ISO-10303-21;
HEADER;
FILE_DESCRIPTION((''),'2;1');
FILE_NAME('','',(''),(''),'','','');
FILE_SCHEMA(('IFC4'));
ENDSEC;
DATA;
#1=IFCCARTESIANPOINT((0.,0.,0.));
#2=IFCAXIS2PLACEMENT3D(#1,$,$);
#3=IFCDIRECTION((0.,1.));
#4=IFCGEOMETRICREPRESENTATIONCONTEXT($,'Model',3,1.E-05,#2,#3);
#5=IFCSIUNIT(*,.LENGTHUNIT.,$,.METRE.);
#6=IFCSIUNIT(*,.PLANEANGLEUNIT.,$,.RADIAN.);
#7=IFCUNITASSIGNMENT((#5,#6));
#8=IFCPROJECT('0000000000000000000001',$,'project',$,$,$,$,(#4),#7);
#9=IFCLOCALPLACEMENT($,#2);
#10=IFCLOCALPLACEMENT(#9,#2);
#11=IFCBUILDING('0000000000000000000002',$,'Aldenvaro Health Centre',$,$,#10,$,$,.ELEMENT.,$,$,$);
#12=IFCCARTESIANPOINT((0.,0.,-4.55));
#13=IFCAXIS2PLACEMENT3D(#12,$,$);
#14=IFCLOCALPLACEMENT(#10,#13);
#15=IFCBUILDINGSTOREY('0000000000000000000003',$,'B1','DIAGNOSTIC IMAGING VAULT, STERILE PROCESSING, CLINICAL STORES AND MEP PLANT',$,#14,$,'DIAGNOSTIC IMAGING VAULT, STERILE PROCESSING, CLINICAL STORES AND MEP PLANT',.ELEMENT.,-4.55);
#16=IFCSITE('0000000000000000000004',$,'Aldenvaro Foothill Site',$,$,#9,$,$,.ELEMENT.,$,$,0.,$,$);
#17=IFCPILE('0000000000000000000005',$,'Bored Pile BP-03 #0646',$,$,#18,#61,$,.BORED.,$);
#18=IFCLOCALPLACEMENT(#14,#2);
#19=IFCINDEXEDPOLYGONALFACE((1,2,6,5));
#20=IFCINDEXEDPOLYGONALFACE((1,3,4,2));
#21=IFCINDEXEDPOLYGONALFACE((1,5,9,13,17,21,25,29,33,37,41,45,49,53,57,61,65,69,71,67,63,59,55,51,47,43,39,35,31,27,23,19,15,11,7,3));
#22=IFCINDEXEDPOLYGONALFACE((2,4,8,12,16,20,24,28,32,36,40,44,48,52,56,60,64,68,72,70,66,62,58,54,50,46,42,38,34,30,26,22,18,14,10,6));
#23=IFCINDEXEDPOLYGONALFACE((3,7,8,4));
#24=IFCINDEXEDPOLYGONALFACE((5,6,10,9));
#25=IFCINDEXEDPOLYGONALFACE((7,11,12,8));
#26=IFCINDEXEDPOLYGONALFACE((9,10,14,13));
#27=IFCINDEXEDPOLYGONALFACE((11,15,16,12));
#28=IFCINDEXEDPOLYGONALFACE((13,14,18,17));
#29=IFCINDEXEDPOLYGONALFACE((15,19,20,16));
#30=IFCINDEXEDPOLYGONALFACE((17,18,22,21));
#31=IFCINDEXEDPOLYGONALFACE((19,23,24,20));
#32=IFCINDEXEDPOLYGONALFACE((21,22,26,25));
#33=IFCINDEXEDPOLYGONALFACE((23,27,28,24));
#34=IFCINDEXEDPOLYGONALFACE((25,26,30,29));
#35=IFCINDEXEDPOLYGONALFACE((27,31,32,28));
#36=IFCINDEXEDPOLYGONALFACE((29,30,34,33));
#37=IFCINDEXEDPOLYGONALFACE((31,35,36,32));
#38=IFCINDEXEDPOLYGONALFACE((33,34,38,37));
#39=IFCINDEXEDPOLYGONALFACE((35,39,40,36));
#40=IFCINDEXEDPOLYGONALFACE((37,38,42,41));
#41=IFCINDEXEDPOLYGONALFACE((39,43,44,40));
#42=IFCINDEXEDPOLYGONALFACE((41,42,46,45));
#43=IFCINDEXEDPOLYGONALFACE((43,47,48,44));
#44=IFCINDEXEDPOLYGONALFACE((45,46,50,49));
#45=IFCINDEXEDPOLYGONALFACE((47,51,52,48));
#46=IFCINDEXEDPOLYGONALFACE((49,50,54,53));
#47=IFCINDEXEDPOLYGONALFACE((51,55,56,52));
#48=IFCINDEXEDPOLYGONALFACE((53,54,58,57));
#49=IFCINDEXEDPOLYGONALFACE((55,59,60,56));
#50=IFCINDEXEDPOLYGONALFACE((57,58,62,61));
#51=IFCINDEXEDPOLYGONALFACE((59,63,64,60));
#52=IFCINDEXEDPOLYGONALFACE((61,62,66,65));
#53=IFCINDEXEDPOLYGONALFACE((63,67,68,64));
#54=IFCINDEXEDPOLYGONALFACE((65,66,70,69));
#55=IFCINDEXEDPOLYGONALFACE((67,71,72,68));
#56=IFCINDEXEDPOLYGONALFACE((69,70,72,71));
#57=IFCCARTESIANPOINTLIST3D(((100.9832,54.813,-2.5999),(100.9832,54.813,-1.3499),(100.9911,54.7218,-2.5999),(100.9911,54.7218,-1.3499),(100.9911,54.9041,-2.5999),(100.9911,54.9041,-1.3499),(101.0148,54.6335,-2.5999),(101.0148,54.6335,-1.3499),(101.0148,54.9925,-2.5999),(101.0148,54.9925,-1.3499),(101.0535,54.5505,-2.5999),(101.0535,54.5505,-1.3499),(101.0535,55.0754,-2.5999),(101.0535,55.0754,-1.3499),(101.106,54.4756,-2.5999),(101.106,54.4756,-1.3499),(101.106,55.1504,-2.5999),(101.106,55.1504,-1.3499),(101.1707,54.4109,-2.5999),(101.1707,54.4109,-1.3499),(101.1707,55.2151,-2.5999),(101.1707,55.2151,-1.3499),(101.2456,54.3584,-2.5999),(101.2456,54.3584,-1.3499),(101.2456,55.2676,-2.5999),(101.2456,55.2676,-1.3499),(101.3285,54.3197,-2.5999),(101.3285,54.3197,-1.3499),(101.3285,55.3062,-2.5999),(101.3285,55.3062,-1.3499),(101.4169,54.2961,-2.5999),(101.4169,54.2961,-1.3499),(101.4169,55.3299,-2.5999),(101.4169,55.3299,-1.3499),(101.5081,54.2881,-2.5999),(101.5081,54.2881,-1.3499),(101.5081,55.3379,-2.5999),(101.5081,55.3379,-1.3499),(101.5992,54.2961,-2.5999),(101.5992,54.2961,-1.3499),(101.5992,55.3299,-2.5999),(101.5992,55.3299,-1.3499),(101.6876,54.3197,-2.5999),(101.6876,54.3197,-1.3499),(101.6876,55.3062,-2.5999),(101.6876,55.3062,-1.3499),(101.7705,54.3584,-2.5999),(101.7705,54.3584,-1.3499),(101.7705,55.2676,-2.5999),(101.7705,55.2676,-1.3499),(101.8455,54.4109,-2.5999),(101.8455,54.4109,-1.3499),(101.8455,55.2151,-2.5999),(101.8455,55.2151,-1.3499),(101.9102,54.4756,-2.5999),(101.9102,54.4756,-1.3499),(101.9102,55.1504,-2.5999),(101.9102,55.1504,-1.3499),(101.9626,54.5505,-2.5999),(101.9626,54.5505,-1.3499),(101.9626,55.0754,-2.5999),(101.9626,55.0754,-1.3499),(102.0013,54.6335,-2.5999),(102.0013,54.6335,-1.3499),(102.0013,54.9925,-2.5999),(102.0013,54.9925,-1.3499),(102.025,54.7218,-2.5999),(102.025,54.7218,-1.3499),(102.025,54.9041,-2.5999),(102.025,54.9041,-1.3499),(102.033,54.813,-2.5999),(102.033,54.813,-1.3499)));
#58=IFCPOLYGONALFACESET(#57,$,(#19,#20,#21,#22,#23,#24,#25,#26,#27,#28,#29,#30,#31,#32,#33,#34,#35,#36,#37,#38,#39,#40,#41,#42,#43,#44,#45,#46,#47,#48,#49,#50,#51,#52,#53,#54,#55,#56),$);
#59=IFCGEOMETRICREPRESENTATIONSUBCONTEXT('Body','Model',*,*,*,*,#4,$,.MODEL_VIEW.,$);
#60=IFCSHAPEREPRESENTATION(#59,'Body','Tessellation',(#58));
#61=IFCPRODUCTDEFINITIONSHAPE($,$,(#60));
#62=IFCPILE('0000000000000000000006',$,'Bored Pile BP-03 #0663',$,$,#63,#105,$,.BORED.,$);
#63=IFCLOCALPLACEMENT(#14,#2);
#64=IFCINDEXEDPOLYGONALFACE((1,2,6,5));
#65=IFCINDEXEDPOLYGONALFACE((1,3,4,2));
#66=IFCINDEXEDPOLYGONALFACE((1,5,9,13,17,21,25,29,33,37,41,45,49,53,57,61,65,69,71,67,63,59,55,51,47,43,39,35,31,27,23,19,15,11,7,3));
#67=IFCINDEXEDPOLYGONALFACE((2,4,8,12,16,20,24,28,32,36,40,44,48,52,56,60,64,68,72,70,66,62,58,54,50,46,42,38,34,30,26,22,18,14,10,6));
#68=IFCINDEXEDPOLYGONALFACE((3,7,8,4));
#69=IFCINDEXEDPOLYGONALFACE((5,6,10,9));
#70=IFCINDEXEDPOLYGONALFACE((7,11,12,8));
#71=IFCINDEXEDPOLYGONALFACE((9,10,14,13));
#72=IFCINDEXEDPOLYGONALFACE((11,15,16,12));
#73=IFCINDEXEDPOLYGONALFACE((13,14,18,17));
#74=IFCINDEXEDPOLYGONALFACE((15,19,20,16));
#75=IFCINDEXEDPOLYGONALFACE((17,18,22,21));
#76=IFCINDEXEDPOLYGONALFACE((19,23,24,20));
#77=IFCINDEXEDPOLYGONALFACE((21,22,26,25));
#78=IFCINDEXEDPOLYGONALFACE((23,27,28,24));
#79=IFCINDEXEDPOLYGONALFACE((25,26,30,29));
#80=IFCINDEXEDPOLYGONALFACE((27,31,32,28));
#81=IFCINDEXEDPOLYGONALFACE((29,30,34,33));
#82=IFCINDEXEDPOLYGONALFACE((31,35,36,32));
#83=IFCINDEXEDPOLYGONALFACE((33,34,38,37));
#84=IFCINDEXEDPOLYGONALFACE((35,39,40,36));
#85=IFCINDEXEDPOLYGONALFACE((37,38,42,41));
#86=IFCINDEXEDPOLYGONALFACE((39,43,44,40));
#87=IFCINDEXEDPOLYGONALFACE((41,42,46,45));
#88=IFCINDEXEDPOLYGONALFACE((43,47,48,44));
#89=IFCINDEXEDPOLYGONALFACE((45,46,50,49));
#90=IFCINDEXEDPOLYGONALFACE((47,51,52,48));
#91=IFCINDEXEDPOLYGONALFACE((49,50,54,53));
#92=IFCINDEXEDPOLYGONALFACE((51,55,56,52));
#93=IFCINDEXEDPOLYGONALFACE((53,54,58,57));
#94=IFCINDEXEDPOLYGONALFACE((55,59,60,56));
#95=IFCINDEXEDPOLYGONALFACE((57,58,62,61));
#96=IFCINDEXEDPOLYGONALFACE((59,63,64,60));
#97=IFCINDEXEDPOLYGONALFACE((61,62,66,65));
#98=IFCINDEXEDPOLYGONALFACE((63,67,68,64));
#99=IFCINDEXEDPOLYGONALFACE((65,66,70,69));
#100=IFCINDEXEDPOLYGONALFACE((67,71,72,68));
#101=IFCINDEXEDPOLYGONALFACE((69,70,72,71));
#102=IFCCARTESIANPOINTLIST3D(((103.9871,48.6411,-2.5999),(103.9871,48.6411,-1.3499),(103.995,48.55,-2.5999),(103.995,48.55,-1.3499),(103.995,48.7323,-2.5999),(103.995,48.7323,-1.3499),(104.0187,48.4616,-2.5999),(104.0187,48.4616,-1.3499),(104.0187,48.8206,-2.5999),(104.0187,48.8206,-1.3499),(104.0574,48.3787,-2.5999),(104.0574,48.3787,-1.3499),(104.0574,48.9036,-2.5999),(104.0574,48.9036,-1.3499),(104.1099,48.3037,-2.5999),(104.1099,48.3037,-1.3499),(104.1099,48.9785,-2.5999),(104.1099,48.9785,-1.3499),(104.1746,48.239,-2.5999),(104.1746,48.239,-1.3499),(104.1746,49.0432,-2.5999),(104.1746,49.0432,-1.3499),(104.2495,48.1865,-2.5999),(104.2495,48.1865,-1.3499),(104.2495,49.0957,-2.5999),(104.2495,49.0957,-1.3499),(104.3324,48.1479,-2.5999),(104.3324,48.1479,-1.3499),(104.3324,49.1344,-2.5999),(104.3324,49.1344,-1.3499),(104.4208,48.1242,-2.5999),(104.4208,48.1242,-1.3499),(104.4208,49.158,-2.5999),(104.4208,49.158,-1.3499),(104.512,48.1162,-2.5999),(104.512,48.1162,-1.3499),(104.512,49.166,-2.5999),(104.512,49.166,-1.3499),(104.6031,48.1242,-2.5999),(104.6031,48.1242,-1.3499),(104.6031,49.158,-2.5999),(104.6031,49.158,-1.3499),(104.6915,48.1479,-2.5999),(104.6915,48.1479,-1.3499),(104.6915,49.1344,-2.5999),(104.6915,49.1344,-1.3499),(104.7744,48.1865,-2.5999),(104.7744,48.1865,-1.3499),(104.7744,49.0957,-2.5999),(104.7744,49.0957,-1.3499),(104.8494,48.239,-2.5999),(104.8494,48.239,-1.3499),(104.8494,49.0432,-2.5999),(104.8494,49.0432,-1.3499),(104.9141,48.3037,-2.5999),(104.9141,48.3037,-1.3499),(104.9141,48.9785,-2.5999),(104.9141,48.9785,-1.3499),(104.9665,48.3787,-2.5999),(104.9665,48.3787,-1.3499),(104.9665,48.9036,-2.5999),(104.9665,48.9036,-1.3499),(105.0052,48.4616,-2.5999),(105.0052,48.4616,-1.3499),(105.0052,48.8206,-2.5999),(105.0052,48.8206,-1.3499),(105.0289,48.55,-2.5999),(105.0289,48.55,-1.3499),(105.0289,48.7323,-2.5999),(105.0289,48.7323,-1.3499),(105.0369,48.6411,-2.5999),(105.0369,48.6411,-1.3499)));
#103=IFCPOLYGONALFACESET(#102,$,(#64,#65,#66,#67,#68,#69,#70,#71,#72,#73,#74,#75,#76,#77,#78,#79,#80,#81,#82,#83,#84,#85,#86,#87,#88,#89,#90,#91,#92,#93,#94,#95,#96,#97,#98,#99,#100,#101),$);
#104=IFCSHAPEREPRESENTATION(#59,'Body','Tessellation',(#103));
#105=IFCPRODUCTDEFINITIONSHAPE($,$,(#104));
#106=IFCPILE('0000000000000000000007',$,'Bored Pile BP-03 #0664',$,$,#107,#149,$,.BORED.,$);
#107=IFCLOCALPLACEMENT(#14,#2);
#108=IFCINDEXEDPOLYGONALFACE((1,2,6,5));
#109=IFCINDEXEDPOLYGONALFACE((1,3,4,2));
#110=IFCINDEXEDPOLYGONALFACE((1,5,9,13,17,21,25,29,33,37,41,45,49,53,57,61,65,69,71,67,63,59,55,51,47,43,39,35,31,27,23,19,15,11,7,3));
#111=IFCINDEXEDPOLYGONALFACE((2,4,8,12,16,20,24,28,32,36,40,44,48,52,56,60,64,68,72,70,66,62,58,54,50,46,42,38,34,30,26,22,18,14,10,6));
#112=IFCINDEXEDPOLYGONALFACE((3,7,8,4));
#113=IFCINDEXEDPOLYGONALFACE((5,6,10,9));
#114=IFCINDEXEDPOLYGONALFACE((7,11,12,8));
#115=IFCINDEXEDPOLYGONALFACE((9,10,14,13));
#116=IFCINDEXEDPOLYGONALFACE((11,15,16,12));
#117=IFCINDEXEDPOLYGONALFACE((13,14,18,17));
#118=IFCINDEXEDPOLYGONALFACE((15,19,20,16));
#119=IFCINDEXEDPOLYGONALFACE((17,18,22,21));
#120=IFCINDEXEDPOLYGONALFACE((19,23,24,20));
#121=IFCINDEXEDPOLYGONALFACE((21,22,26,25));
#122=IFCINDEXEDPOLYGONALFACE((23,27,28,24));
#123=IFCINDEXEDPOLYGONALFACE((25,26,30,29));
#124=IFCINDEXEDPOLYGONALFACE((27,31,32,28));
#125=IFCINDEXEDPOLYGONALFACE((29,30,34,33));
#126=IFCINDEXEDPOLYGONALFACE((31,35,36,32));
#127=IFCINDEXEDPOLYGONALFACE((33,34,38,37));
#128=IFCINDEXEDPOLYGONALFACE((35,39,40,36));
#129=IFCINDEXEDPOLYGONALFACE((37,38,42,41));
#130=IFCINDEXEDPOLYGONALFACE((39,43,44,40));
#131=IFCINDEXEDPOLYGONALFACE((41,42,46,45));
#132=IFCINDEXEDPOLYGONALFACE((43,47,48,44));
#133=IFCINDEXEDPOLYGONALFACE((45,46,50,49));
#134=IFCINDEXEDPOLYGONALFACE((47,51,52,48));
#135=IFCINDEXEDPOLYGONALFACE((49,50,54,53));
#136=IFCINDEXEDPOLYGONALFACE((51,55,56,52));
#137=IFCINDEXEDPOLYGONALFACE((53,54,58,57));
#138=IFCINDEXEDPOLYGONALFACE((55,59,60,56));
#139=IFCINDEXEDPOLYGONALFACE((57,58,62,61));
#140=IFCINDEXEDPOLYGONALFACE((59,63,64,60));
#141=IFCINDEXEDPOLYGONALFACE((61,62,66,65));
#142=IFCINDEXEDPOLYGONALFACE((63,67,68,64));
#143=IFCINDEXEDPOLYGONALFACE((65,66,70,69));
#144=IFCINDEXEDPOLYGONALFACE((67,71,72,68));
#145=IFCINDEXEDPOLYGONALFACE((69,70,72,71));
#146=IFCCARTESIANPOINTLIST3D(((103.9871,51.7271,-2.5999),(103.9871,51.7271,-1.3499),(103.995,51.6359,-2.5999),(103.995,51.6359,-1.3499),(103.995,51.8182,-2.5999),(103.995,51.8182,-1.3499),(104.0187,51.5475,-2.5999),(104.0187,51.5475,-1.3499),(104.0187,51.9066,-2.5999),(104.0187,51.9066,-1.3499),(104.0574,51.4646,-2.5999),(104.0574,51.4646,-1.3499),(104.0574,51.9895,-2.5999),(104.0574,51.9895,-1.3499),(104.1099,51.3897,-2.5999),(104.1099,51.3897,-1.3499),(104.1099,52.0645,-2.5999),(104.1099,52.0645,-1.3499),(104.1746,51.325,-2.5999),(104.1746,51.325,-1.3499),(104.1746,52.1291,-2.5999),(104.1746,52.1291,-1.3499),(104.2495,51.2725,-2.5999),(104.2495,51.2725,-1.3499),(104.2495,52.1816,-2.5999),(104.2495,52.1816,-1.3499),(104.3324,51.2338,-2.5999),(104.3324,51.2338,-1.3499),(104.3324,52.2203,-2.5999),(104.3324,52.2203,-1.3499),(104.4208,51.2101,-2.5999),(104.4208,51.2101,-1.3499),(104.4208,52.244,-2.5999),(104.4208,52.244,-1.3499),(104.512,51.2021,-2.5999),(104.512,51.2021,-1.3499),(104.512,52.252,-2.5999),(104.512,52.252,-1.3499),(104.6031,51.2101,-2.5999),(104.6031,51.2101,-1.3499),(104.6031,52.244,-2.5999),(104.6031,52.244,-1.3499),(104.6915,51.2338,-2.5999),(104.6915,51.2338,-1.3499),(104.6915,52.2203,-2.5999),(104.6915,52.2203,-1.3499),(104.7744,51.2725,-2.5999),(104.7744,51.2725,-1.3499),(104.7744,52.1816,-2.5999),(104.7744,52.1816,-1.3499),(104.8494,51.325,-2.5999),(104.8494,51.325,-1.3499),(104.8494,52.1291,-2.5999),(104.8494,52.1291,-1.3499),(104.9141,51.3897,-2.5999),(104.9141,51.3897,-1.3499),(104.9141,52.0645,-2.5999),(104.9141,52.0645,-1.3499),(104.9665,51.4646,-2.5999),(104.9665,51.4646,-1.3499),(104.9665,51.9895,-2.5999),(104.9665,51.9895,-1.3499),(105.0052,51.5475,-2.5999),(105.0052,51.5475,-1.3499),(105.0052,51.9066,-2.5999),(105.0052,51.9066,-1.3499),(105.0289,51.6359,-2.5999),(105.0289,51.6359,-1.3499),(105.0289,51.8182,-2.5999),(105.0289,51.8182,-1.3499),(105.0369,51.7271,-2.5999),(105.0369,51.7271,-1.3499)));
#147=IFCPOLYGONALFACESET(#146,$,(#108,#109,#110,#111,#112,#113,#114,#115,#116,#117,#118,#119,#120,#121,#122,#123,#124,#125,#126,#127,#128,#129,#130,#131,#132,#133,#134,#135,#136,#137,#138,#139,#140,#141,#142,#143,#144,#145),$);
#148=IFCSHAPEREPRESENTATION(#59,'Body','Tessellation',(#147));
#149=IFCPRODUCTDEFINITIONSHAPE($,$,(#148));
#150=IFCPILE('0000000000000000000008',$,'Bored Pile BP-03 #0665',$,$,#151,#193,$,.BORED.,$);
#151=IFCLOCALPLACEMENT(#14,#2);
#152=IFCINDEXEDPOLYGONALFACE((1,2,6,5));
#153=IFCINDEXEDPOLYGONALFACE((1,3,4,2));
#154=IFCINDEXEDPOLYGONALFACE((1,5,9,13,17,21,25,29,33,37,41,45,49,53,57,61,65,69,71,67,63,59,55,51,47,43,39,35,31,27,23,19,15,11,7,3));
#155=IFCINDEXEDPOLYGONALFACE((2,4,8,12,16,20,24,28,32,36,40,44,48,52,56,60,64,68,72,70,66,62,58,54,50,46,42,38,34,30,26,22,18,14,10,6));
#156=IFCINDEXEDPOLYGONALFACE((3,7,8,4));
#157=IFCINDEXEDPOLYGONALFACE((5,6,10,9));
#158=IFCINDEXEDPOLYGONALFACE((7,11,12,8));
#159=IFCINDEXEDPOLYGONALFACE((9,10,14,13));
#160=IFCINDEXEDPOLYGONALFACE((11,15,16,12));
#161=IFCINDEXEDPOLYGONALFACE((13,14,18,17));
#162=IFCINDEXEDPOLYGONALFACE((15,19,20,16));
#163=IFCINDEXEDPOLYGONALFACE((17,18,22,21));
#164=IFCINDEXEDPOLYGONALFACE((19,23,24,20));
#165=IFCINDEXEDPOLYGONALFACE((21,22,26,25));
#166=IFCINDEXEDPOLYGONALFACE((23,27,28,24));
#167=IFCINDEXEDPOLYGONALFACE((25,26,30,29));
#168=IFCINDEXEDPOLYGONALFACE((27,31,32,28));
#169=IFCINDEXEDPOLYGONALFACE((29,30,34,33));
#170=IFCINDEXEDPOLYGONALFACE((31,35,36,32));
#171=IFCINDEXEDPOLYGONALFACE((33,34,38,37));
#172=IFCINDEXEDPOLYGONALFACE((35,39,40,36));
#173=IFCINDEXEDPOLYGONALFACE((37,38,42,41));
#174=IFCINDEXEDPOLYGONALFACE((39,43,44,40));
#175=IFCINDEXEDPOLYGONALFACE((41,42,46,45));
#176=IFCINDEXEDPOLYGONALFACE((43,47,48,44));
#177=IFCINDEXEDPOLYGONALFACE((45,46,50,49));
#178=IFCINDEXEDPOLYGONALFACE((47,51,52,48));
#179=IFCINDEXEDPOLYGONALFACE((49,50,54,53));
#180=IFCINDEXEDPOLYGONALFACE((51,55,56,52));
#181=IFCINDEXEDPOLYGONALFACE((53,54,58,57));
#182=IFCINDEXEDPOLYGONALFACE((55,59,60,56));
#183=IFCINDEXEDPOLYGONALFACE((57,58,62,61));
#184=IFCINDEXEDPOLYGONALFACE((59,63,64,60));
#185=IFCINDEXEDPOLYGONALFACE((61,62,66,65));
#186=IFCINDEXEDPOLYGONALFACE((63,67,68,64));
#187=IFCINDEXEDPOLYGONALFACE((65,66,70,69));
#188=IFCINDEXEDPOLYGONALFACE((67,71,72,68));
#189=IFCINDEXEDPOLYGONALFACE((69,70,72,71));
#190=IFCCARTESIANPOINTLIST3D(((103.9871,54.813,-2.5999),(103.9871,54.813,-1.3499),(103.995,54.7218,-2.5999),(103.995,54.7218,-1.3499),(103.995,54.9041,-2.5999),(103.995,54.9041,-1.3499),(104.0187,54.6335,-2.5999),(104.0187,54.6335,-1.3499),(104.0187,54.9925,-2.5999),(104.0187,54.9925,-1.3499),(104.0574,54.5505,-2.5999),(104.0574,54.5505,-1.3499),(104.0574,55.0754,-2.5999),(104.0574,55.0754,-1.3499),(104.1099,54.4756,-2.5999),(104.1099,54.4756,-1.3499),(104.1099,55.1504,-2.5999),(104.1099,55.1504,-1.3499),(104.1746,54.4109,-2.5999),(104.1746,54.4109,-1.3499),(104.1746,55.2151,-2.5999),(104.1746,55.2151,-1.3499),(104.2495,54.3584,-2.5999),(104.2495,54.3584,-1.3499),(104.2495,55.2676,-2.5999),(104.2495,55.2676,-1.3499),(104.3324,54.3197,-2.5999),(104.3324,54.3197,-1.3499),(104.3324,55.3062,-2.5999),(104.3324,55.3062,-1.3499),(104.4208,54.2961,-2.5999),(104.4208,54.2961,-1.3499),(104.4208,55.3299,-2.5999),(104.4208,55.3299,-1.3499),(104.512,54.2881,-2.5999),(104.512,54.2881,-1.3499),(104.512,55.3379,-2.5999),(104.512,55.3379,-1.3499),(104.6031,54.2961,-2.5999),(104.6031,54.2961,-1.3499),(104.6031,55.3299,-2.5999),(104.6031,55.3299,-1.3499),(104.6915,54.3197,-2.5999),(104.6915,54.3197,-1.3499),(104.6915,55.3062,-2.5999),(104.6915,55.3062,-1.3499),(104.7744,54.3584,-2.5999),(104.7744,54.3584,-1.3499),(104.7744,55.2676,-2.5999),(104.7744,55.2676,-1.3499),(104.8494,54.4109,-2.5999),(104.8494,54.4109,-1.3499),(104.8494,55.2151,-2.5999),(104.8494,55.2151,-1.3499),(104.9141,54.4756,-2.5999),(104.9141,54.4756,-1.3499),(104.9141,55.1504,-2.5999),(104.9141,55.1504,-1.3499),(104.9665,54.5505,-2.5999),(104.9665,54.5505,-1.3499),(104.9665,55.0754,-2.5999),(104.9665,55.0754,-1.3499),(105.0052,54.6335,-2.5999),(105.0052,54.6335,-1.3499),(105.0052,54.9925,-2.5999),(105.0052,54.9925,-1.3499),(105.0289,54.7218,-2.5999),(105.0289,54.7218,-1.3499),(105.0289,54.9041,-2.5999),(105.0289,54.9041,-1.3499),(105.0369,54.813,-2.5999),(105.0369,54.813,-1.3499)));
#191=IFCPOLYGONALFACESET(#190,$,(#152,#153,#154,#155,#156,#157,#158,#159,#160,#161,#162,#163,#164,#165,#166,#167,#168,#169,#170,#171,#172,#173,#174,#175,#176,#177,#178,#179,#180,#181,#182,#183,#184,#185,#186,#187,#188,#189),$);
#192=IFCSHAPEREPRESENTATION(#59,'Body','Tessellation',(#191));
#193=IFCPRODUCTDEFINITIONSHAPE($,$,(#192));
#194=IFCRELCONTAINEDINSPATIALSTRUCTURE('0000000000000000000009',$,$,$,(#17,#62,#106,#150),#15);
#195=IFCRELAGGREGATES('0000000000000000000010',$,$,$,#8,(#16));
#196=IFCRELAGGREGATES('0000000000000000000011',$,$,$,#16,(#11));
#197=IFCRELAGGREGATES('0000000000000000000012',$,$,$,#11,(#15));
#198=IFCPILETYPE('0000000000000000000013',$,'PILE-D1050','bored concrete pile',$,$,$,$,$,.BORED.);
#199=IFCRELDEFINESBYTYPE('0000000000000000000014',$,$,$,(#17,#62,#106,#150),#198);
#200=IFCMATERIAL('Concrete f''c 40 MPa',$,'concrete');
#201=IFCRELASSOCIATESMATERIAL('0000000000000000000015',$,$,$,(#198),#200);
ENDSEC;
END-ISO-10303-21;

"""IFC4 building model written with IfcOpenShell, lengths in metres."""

from ifc_helpers import new_model, si_unit, direction, frame, origin, origin_2d, place, context, subcontext, project, spatial, circle, extrude, material, material_profile, profile_set, type_object, element, save


model = new_model("IFC4")

# Units and contexts
model_context = context("Model", 3, precision=1e-05, world=origin(), true_north=direction((0.0, 1.0)))
body_context = subcontext(model_context, "Body", "Model", "MODEL_VIEW")
ifc_project = project(units=[si_unit("LENGTHUNIT", "METRE"), si_unit("PLANEANGLEUNIT", "RADIAN")], contexts=[model_context])

# Site, building, storey
site_placement = place(None, origin())
site = spatial("IfcSite", under=ifc_project, at=site_placement, Name="Aldenvaro Foothill Site", CompositionType="ELEMENT", RefElevation=0.0)
building_placement = place(site_placement, origin())
building = spatial("IfcBuilding", under=site, at=building_placement, Name="Aldenvaro Health Centre", CompositionType="ELEMENT")
storey_placement = place(building_placement, frame((0.0, 0.0, -4.55)))
storey = spatial("IfcBuildingStorey", under=building, at=storey_placement, Name="B1", Description="DIAGNOSTIC IMAGING VAULT, STERILE PROCESSING, CLINICAL STORES AND MEP PLANT", LongName="DIAGNOSTIC IMAGING VAULT, STERILE PROCESSING, CLINICAL STORES AND MEP PLANT", CompositionType="ELEMENT", Elevation=-4.55)

# Piles
ifc_material = material(Name="Concrete f'c 40 MPa", Category="concrete")
ifc_material_profile_1 = material_profile(ifc_material, circle(Radius=0.5249, at=origin_2d()), Name="PILE D1050", Category="concrete")
ifc_profile_set_1 = profile_set([ifc_material_profile_1], Name="Concrete f'c 40 MPa")
pile_type = type_object("IfcPileType", Name="PILE-D1050", Description="bored concrete pile", PredefinedType="BORED", material=ifc_profile_set_1)
for number, where, z_axis, x_axis, name in (
    (1, (101.5081, 54.813, -1.3499), (0.0, 0.0, -1.0), (1.0, 0.0, 0.0), "Bored Pile BP-03 #0646"),
    (2, (104.512, 48.6411, -1.3499), (0.0, 0.0, -1.0), (1.0, 0.0, 0.0), "Bored Pile BP-03 #0663"),
    (3, (104.512, 51.7271, -1.3499), (0.0, 0.0, -1.0), (1.0, 0.0, 0.0), "Bored Pile BP-03 #0664"),
    (4, (104.512, 54.813, -1.3499), (0.0, 0.0, -1.0), (1.0, 0.0, 0.0), "Bored Pile BP-03 #0665"),
):
    element("IfcPile", number, at=place(storey_placement, frame(where, z_axis=z_axis, x_axis=x_axis)), inside=storey, type_object=pile_type, Name=name, PredefinedType="BORED", context=body_context, shape_type="SweptSolid", body=[
        extrude(circle(Radius=0.5249, at=origin_2d()), origin(), (0.0, 0.0, 1.0), 1.25),
    ])

save(model, "model.ifc")
